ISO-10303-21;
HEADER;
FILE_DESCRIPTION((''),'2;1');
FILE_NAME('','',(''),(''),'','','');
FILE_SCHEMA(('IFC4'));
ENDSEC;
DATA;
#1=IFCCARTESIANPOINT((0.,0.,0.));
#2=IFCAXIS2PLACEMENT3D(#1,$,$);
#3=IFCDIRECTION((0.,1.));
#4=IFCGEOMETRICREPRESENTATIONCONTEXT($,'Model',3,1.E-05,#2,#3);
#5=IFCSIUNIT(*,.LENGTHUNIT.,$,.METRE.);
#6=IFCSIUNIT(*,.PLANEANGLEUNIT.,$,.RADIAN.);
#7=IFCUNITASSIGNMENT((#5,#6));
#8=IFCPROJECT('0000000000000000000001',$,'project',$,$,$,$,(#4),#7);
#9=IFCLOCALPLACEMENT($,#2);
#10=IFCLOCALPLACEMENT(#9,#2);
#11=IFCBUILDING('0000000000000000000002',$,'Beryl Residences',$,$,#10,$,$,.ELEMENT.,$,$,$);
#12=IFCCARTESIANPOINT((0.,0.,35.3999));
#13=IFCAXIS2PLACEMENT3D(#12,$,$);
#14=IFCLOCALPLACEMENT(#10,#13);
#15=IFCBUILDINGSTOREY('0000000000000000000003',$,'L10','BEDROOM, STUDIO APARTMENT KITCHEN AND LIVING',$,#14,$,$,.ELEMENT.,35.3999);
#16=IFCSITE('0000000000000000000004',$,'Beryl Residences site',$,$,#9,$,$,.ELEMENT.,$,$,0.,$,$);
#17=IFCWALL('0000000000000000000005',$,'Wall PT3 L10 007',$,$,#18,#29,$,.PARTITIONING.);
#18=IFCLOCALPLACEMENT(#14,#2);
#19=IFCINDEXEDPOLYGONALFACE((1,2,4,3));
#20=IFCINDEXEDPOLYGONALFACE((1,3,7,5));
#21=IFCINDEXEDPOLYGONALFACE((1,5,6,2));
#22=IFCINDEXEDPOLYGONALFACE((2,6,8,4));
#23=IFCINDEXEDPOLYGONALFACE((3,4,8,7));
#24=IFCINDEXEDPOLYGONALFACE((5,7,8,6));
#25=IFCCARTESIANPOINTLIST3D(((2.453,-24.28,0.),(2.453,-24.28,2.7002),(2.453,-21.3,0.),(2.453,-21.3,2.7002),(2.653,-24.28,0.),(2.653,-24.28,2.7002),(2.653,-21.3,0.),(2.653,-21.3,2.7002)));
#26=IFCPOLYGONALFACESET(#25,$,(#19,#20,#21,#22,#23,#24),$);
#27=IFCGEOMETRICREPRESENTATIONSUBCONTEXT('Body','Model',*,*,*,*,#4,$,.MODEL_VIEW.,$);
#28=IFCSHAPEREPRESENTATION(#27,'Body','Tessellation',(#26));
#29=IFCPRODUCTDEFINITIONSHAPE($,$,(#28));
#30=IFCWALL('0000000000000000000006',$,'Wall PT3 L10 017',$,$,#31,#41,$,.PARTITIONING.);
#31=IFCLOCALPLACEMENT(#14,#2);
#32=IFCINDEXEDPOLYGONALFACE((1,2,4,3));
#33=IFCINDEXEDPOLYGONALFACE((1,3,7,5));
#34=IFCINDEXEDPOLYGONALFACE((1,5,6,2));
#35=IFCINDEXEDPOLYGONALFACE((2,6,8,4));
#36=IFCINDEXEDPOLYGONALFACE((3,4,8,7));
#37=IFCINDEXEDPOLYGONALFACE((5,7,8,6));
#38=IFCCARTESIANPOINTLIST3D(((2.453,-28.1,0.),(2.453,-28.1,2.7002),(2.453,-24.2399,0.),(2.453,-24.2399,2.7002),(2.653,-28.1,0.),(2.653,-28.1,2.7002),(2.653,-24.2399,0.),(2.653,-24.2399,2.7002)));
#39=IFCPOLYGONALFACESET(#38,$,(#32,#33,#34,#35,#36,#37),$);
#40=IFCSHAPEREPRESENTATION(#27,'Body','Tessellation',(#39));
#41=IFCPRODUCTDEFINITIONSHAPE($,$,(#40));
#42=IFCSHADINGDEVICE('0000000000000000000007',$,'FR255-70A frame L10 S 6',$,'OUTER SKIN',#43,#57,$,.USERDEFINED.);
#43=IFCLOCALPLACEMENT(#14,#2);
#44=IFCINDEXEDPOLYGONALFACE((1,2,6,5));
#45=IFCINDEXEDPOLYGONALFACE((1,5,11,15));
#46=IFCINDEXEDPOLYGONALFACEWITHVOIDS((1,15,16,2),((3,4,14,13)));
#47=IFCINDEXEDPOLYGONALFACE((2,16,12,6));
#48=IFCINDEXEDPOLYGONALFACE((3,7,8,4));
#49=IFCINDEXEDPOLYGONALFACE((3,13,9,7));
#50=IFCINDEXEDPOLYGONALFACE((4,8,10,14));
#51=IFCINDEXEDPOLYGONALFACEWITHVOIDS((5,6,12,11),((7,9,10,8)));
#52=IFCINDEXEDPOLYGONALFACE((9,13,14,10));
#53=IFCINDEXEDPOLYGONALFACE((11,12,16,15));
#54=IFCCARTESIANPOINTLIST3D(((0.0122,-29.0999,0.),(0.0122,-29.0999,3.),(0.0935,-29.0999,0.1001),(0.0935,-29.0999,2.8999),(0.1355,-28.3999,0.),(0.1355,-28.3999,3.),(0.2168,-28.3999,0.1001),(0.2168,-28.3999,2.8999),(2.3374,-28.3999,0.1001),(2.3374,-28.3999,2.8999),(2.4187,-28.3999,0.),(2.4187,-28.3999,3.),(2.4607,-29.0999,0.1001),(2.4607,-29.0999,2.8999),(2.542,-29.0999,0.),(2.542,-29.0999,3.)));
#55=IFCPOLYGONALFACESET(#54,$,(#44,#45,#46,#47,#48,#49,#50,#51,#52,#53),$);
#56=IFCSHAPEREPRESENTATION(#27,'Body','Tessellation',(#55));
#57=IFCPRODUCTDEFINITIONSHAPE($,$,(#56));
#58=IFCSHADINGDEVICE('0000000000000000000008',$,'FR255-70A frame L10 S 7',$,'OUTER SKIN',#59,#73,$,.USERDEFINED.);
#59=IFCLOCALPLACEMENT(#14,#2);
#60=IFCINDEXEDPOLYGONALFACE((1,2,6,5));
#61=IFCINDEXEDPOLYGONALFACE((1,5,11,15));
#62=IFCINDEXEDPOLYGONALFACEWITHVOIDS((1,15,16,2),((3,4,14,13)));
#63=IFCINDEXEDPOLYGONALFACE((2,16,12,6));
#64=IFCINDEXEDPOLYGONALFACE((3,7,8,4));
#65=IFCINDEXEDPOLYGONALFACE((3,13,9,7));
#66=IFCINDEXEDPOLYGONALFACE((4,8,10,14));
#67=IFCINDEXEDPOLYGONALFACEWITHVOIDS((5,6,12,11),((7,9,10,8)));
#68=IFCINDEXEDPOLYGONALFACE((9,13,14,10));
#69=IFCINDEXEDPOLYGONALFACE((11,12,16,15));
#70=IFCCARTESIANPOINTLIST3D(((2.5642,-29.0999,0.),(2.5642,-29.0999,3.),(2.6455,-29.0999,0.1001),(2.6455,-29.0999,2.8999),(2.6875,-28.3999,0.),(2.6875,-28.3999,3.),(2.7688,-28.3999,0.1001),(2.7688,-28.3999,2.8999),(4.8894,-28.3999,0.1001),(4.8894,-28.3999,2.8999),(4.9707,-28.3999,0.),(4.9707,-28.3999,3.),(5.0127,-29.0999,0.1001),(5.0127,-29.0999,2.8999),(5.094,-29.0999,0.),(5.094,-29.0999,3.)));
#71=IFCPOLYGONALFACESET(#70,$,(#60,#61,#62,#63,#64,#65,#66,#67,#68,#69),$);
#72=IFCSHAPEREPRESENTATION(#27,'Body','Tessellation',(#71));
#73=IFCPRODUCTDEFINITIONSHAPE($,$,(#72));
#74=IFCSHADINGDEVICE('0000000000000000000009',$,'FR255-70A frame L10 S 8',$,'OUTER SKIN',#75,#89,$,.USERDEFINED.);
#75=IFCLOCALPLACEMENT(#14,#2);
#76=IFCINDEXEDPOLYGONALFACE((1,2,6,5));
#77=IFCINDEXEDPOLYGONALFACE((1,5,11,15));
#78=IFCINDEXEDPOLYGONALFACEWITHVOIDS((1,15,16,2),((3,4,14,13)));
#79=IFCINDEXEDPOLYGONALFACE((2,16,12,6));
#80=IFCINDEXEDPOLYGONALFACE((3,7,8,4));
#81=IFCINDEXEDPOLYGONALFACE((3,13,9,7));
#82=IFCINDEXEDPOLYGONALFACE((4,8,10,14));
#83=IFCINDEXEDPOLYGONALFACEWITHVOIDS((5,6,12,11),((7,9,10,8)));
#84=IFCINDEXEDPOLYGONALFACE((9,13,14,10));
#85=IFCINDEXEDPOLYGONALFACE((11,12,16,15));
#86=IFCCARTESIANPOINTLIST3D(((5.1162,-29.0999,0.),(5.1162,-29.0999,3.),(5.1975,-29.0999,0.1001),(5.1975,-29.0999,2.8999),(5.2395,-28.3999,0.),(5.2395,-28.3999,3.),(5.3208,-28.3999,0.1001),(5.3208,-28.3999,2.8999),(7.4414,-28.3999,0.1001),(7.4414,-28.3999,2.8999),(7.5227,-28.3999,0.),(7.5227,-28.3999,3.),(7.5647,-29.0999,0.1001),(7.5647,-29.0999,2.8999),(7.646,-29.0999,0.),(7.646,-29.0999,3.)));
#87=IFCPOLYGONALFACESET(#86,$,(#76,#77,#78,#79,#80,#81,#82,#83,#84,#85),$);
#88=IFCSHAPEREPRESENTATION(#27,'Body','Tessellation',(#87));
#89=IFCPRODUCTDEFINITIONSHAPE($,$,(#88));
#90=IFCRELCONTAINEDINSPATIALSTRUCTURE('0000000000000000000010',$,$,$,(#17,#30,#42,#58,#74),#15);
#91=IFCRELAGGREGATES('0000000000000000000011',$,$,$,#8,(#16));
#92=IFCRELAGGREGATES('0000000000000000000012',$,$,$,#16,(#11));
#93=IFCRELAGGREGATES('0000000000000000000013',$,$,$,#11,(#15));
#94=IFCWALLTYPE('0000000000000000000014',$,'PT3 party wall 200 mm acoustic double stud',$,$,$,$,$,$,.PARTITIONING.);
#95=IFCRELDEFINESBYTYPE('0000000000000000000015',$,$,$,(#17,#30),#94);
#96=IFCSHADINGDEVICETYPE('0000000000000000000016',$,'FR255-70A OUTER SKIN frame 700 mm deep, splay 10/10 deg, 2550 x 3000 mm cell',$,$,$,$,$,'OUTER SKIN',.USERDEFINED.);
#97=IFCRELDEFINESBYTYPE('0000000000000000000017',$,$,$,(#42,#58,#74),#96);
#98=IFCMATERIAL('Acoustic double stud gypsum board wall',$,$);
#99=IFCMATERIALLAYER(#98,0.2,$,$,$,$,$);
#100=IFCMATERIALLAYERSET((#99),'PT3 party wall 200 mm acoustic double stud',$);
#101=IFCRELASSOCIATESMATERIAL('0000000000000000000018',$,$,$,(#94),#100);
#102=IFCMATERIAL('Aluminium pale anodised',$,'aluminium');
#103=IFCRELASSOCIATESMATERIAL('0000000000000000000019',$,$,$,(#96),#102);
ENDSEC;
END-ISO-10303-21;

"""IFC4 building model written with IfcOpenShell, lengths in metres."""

from ifc_helpers import new_model, entity, si_unit, direction, frame, frame_2d, origin, place, context, subcontext, project, spatial, rectangle, extrude, source, transform, mapped, material, layer, layer_set, type_object, type_shapes, element, save


model = new_model("IFC4")

# Units and contexts
model_context = context("Model", 3, precision=1e-05, world=origin(), true_north=direction((0.0, 1.0)))
body_context = subcontext(model_context, "Body", "Model", "MODEL_VIEW")
ifc_project = project(units=[si_unit("LENGTHUNIT", "METRE"), si_unit("PLANEANGLEUNIT", "RADIAN")], contexts=[model_context])

# Site, building, storey
site_placement = place(None, origin())
site = spatial("IfcSite", under=ifc_project, at=site_placement, Name="Beryl Residences site", CompositionType="ELEMENT", RefElevation=0.0)
building_placement = place(site_placement, origin())
building = spatial("IfcBuilding", under=site, at=building_placement, Name="Beryl Residences", CompositionType="ELEMENT")
storey_placement = place(building_placement, frame((0.0, 0.0, 35.3999)))
storey = spatial("IfcBuildingStorey", under=building, at=storey_placement, Name="L10", Description="BEDROOM, STUDIO APARTMENT KITCHEN AND LIVING", CompositionType="ELEMENT", Elevation=35.3999)

# Walls
ifc_material_1 = material(Name="Acoustic double stud gypsum board wall")
ifc_layer_1 = layer(ifc_material_1, 0.2)
ifc_layer_set_1 = layer_set([ifc_layer_1], Name="PT3 party wall 200 mm acoustic double stud")
wall_type_1 = type_object("IfcWallType", Name="PT3 party wall 200 mm acoustic double stud", PredefinedType="PARTITIONING", material=ifc_layer_set_1)
wall_1_placement = place(storey_placement, frame((2.553, -21.3, 0.0), z_axis=(0.0, 0.0, 1.0), x_axis=(0.0, -1.0, 0.0)))
element("IfcWall", 1, at=wall_1_placement, inside=storey, type_object=wall_type_1, Name="Wall PT3 L10 007", PredefinedType="PARTITIONING", context=body_context, shape_type="SweptSolid", body=[
    extrude(rectangle(XDim=2.98, YDim=0.2, at=frame_2d((1.49, 0.0))), origin(), (0.0, 0.0, 1.0), 2.7002),
])
wall_2_placement = place(storey_placement, frame((2.553, -28.1001, 0.0), z_axis=(0.0, 0.0, 1.0), x_axis=(0.0, 1.0, 0.0)))
element("IfcWall", 2, at=wall_2_placement, inside=storey, type_object=wall_type_1, Name="Wall PT3 L10 017", PredefinedType="PARTITIONING", context=body_context, shape_type="SweptSolid", body=[
    extrude(rectangle(XDim=3.8601, YDim=0.2, at=frame_2d((1.9302, 0.0))), origin(), (0.0, 0.0, 1.0), 2.7002),
])

# Shading devices
ifc_material_2 = material(Name="Aluminium pale anodised", Category="aluminium")
shading_device_type = type_object("IfcShadingDeviceType", Name="FR255-70A OUTER SKIN frame 700 mm deep, splay 10/10 deg, 2550 x 3000 mm cell", ElementType="OUTER SKIN", PredefinedType="USERDEFINED", material=ifc_material_2)
cartesian_point_1 = entity("IfcCartesianPoint", [-1.1416, 0.0])
cartesian_point_2 = entity("IfcCartesianPoint", [-1.0603, 0.1001])
cartesian_point_3 = entity("IfcCartesianPoint", [-1.2649, 0.0])
cartesian_point_4 = entity("IfcCartesianPoint", [-1.1836, 0.1001])
shared_shape = source(origin(), body_context, "Body", "SweptSolid", [
    entity("IfcExtrudedAreaSolidTapered", entity("IfcArbitraryProfileDefWithVoids", "AREA", None, entity("IfcPolyline", [cartesian_point_1, entity("IfcCartesianPoint", [1.1416, 0.0]), entity("IfcCartesianPoint", [1.1416, 3.0]), entity("IfcCartesianPoint", [-1.1416, 3.0]), cartesian_point_1]), [entity("IfcPolyline", [cartesian_point_2, entity("IfcCartesianPoint", [1.0603, 0.1001]), entity("IfcCartesianPoint", [1.0603, 2.8999]), entity("IfcCartesianPoint", [-1.0603, 2.8999]), cartesian_point_2])]), entity("IfcAxis2Placement3D", entity("IfcCartesianPoint", [0.0, 0.0, 0.0]), entity("IfcDirection", [0.0, 1.0, 0.0]), entity("IfcDirection", [-1.0, 0.0, 0.0])), entity("IfcDirection", [0.0, 0.0, 1.0]), 0.7, entity("IfcArbitraryProfileDefWithVoids", "AREA", None, entity("IfcPolyline", [cartesian_point_3, entity("IfcCartesianPoint", [1.2649, 0.0]), entity("IfcCartesianPoint", [1.2649, 3.0]), entity("IfcCartesianPoint", [-1.2649, 3.0]), cartesian_point_3]), [entity("IfcPolyline", [cartesian_point_4, entity("IfcCartesianPoint", [1.1836, 0.1001]), entity("IfcCartesianPoint", [1.1836, 2.8999]), entity("IfcCartesianPoint", [-1.1836, 2.8999]), cartesian_point_4])])),
])
type_shapes(shading_device_type, [shared_shape])
for number, where, z_axis, x_axis, name in (
    (3, (1.2771, -28.3999, 0.0), (0.0, 0.0, 1.0), (-1.0, 0.0, 0.0), "FR255-70A frame L10 S 6"),
    (4, (3.8291, -28.3999, 0.0), (0.0, 0.0, 1.0), (-1.0, 0.0, 0.0), "FR255-70A frame L10 S 7"),
    (5, (6.3811, -28.3999, 0.0), (0.0, 0.0, 1.0), (-1.0, 0.0, 0.0), "FR255-70A frame L10 S 8"),
):
    element("IfcShadingDevice", number, at=place(storey_placement, frame(where, z_axis=z_axis, x_axis=x_axis)), inside=storey, type_object=shading_device_type, Name=name, ObjectType="OUTER SKIN", PredefinedType="USERDEFINED", context=body_context, shape_type="MappedRepresentation", body=[
        mapped(shared_shape, transform((0.0, 0.0, 0.0))),
    ])

save(model, "model.ifc")
